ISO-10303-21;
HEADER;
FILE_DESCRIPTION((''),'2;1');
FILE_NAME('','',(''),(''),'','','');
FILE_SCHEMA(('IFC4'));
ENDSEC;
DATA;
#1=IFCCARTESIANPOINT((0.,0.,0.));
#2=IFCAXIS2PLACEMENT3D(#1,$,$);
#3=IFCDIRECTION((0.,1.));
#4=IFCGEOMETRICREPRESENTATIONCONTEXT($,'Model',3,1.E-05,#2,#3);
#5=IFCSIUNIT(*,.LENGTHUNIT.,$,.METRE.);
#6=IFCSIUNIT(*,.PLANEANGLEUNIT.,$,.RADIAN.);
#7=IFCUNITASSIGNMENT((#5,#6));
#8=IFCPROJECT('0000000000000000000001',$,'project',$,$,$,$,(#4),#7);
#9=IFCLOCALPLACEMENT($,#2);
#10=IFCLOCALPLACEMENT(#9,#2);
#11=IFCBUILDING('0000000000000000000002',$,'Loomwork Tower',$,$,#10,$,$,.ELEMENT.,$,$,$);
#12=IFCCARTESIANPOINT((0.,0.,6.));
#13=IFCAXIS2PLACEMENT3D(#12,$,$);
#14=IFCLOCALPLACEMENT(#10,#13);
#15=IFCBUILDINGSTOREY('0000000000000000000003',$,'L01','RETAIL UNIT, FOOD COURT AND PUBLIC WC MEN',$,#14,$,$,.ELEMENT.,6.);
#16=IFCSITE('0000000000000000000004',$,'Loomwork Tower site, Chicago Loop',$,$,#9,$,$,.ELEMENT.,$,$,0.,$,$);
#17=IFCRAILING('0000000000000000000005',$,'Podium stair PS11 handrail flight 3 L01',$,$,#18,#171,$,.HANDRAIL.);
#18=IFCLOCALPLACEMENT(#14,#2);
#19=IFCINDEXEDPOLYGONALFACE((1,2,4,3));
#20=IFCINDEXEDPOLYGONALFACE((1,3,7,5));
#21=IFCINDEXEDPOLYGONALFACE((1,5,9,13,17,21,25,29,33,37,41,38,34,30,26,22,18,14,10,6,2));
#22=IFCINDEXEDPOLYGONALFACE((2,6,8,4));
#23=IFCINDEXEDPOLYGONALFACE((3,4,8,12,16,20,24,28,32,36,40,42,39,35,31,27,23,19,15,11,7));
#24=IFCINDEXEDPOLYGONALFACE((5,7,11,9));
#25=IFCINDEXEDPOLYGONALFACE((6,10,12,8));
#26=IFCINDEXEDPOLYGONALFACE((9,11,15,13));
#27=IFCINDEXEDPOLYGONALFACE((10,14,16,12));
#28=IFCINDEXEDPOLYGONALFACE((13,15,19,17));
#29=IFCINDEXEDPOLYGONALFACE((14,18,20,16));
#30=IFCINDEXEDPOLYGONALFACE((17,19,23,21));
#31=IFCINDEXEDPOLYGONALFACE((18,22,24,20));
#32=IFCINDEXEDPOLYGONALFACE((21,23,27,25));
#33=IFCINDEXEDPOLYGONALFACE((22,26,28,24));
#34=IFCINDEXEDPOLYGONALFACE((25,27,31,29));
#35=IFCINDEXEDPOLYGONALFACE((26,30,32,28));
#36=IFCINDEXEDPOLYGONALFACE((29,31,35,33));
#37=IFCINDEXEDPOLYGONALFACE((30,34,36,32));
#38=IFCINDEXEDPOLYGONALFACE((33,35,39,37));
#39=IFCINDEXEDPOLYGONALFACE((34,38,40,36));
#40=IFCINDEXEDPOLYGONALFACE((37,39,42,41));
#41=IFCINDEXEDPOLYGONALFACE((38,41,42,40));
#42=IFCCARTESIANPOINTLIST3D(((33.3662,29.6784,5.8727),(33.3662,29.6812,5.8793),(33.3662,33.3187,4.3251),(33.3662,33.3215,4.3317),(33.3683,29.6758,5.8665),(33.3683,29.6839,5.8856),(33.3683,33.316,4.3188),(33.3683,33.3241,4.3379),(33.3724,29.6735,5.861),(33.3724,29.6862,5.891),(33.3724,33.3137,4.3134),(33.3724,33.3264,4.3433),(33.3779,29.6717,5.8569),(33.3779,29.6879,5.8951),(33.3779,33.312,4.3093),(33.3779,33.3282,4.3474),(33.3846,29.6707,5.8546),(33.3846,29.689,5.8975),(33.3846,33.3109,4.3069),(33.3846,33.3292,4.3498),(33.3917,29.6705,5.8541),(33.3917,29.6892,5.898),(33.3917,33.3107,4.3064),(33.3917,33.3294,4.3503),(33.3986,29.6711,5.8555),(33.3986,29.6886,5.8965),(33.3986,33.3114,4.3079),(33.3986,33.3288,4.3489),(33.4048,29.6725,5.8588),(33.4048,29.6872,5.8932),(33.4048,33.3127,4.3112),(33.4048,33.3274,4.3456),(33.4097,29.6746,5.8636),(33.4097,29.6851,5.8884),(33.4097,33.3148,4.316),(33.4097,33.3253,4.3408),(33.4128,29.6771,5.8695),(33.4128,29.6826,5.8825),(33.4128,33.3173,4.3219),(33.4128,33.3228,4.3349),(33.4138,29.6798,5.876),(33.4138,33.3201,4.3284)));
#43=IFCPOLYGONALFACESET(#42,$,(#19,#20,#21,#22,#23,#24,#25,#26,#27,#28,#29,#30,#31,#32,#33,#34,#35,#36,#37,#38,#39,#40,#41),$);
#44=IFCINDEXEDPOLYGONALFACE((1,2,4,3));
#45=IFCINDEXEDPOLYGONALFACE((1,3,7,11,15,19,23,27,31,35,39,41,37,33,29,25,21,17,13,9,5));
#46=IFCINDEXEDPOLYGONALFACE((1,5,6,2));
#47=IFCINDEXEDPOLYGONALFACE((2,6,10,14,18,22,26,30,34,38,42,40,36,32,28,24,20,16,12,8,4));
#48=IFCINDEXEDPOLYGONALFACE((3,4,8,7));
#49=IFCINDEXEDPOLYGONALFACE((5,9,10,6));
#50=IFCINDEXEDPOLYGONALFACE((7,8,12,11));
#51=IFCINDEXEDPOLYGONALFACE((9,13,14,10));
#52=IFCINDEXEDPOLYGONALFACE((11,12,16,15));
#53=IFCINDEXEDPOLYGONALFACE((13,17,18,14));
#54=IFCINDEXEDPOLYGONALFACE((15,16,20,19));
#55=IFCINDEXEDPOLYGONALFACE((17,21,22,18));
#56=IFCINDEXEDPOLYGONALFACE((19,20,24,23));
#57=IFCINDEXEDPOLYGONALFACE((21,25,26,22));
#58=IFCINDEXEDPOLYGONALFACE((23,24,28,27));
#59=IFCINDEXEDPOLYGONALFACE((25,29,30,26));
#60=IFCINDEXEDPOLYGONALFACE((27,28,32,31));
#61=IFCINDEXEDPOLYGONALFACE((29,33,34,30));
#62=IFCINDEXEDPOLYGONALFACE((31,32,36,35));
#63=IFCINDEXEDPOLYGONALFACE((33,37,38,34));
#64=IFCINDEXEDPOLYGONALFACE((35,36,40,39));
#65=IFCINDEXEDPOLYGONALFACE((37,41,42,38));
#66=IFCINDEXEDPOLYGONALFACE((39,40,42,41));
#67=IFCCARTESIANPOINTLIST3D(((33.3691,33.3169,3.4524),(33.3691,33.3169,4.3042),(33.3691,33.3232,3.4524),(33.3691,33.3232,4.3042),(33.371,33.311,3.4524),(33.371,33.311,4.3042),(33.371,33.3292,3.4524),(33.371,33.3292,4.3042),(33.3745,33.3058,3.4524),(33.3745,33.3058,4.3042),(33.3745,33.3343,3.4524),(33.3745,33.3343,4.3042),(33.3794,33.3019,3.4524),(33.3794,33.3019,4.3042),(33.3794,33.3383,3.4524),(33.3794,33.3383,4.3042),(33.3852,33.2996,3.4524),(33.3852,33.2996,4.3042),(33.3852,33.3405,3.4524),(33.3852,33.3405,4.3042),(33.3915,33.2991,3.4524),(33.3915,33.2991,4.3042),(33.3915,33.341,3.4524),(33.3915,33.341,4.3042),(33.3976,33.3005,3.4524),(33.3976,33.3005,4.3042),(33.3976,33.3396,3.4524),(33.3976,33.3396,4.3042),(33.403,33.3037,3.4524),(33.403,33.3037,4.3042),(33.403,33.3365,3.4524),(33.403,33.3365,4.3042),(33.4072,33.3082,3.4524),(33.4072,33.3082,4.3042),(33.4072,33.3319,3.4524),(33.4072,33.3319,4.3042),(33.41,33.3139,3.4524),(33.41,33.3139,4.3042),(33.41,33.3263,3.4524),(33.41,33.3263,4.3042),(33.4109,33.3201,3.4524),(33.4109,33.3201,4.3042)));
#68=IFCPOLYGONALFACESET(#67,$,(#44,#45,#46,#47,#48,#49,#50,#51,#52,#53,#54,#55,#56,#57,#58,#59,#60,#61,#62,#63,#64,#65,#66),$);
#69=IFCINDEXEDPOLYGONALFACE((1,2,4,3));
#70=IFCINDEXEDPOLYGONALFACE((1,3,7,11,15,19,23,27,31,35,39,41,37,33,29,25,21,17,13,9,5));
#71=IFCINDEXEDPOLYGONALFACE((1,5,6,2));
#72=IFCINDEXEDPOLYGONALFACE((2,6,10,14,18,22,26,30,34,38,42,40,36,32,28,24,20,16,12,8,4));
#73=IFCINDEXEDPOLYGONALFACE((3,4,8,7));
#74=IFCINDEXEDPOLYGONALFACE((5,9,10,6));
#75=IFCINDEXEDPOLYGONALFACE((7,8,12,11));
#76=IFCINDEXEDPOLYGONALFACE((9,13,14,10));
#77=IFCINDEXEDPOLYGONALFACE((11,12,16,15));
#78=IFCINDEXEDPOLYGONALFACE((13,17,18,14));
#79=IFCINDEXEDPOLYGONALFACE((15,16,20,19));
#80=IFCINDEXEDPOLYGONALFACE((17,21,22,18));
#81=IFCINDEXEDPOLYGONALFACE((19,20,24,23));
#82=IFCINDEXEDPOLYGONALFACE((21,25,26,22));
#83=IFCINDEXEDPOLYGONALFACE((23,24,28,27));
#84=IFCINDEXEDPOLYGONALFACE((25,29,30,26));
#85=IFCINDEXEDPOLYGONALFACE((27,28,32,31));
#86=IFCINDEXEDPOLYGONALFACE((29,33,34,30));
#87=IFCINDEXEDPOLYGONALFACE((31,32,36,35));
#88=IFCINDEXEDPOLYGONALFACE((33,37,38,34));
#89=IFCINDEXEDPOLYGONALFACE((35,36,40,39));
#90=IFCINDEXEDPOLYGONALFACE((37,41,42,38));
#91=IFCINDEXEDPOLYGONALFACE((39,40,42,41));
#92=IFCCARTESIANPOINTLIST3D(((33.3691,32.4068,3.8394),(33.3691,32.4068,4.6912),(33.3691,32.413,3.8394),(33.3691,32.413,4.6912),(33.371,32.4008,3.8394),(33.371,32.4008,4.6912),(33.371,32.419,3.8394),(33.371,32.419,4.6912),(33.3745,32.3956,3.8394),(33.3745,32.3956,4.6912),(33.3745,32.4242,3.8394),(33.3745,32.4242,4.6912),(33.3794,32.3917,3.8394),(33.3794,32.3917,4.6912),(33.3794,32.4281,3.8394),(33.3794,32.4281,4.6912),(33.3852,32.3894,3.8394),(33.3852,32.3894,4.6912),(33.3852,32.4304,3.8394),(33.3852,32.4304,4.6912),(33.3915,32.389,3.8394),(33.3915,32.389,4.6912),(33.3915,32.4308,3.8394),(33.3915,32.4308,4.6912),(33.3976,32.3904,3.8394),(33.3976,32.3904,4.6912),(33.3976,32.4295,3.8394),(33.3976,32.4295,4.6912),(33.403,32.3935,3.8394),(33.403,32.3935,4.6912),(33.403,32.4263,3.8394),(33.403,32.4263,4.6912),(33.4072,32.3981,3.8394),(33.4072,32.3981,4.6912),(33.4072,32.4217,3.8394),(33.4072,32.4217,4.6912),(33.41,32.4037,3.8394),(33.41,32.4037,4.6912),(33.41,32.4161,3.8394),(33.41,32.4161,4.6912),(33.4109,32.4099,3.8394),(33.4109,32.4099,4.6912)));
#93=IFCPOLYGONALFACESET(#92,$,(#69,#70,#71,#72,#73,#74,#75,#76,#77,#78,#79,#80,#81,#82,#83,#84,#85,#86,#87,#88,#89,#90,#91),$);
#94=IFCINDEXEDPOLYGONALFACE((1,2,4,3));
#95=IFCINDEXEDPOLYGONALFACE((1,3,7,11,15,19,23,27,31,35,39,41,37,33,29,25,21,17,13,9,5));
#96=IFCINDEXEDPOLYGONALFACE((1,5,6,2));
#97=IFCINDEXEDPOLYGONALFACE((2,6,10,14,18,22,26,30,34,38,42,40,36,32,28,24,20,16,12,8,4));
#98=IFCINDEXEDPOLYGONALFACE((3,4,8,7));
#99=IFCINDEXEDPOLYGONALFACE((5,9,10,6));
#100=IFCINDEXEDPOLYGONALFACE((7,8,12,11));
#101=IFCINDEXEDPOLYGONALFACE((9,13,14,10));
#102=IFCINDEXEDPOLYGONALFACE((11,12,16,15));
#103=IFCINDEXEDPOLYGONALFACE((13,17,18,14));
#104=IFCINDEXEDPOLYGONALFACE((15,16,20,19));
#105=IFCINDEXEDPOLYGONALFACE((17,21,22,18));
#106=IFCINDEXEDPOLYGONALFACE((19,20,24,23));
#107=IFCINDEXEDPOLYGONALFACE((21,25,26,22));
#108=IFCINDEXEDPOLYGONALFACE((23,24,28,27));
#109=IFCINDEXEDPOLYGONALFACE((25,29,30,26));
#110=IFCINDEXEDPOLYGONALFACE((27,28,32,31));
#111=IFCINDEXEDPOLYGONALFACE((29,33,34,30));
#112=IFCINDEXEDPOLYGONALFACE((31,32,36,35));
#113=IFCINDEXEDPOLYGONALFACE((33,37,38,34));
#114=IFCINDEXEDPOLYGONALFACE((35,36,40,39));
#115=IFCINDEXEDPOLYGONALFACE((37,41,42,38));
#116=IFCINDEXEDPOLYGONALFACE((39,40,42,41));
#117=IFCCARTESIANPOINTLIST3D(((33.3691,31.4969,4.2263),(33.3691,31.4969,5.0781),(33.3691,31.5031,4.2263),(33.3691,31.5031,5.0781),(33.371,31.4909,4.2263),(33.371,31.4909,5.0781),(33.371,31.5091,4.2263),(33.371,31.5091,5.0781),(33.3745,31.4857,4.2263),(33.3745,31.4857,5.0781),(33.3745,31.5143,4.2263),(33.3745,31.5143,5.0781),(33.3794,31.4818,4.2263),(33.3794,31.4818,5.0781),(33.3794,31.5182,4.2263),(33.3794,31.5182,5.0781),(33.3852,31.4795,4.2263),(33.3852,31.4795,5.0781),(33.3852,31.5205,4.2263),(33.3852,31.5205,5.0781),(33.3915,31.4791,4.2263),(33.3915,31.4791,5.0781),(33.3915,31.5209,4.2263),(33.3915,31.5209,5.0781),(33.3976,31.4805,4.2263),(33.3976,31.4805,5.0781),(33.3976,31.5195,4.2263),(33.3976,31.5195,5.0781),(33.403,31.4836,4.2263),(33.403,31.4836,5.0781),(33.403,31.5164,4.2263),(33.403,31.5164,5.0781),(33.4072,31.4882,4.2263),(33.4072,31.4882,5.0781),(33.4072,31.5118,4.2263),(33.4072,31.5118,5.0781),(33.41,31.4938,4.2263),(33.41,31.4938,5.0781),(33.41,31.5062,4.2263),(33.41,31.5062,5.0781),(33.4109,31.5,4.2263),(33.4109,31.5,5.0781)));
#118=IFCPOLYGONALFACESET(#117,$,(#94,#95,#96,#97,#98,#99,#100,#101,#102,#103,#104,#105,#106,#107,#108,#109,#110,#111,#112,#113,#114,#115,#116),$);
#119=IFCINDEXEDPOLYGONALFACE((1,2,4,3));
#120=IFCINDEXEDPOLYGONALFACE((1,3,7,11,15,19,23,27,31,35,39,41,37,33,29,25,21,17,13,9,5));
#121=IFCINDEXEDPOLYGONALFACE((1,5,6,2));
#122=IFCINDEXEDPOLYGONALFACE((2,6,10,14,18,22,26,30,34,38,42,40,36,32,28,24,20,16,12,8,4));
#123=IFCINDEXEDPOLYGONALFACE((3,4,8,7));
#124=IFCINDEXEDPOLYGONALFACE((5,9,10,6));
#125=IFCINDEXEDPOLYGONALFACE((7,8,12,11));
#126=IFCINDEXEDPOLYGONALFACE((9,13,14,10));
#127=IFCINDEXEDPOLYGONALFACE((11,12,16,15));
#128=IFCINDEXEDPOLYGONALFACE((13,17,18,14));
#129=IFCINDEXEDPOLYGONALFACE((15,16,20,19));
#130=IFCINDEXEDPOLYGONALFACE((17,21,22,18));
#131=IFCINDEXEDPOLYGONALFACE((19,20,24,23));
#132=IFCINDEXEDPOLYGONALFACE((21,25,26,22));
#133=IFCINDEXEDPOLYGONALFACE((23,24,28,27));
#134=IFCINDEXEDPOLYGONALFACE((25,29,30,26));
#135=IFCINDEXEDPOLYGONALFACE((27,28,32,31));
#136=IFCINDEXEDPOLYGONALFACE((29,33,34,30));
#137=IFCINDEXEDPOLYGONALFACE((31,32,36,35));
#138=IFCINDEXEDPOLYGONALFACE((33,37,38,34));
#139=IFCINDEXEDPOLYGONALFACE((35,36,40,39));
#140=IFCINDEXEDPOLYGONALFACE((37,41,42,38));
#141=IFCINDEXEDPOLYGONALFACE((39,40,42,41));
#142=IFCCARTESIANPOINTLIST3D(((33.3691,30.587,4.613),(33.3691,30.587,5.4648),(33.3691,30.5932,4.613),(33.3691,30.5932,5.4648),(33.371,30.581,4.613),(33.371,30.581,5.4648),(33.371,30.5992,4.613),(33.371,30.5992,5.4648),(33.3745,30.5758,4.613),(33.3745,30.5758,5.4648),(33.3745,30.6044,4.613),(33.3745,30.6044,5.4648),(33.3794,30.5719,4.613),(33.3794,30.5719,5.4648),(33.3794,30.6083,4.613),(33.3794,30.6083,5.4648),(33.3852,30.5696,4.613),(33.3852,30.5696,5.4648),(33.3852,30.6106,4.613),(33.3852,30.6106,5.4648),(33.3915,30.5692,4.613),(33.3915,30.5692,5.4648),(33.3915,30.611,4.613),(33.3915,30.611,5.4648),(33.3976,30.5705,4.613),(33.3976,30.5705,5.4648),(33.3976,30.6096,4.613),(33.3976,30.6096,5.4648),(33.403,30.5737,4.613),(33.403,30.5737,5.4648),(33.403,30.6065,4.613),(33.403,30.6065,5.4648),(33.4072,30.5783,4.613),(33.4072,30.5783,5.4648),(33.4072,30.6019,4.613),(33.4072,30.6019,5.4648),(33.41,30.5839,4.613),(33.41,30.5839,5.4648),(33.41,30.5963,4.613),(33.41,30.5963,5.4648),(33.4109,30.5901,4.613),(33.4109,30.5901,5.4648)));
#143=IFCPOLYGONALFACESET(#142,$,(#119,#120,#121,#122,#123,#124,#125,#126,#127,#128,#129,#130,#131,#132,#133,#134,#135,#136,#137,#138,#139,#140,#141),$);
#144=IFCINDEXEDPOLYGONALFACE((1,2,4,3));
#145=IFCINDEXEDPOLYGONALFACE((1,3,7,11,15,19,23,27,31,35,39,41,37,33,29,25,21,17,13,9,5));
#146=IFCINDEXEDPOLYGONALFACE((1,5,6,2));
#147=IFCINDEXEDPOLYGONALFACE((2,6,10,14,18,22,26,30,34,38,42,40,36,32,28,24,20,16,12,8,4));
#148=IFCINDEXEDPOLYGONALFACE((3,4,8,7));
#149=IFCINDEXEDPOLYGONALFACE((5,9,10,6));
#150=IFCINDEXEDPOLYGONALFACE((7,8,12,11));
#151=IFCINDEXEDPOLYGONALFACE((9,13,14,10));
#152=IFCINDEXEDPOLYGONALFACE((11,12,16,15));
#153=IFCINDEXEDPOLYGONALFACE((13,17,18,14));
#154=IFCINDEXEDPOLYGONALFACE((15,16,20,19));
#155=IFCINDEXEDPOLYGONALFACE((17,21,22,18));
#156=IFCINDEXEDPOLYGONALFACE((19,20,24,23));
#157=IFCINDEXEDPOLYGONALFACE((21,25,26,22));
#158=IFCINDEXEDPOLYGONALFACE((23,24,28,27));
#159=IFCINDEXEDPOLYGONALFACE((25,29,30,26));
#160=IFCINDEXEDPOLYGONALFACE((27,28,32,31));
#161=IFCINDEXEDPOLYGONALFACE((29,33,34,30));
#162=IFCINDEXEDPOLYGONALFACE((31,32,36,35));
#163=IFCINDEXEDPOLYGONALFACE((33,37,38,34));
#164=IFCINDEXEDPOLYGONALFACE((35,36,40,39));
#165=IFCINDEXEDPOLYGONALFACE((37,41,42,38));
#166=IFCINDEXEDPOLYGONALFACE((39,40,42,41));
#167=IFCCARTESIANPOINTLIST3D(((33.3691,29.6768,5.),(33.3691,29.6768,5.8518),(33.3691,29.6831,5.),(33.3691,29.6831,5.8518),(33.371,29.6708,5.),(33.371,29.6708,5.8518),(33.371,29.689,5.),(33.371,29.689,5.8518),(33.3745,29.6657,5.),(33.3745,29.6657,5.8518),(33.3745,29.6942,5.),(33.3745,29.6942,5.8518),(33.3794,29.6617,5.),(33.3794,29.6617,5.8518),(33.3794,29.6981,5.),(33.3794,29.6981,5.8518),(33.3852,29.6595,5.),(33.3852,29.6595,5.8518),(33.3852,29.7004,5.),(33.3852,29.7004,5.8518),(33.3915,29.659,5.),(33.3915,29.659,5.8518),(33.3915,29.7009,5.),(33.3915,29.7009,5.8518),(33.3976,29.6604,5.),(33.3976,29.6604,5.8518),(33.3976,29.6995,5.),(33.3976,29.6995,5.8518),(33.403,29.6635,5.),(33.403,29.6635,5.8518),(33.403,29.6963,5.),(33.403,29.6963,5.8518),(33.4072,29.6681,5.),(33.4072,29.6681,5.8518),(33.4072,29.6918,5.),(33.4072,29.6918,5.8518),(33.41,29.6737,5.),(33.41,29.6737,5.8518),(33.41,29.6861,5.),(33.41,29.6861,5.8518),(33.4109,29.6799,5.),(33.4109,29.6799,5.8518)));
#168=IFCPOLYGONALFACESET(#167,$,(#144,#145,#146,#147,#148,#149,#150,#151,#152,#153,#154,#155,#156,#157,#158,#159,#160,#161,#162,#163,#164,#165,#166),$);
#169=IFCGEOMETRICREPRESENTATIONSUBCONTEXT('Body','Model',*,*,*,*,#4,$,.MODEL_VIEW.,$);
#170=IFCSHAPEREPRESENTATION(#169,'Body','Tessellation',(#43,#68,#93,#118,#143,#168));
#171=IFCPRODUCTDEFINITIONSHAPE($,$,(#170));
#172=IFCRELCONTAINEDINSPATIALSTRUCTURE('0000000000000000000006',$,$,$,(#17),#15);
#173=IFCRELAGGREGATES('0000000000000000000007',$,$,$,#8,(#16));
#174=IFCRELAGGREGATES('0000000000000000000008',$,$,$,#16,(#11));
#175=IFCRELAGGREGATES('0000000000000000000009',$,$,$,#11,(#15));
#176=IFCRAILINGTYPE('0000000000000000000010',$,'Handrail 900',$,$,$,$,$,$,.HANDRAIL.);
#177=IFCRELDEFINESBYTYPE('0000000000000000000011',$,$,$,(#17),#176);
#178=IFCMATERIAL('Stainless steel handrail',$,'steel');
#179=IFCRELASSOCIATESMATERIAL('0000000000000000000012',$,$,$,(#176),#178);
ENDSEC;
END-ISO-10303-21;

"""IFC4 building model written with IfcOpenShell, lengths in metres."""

from ifc_helpers import new_model, si_unit, direction, frame, origin, origin_2d, place, context, subcontext, project, spatial, circle, extrude, material, type_object, element, save


model = new_model("IFC4")

# Units and contexts
model_context = context("Model", 3, precision=1e-05, world=origin(), true_north=direction((0.0, 1.0)))
body_context = subcontext(model_context, "Body", "Model", "MODEL_VIEW")
ifc_project = project(units=[si_unit("LENGTHUNIT", "METRE"), si_unit("PLANEANGLEUNIT", "RADIAN")], contexts=[model_context])

# Site, building, storey
site_placement = place(None, origin())
site = spatial("IfcSite", under=ifc_project, at=site_placement, Name="Loomwork Tower site, Chicago Loop", CompositionType="ELEMENT", RefElevation=0.0)
building_placement = place(site_placement, origin())
building = spatial("IfcBuilding", under=site, at=building_placement, Name="Loomwork Tower", CompositionType="ELEMENT")
storey_placement = place(building_placement, frame((0.0, 0.0, 6.0)))
storey = spatial("IfcBuildingStorey", under=building, at=storey_placement, Name="L01", Description="RETAIL UNIT, FOOD COURT AND PUBLIC WC MEN", CompositionType="ELEMENT", Elevation=6.0)

# Railing
ifc_material_1 = material(Name="Stainless steel handrail", Category="steel")
railing_type = type_object("IfcRailingType", Name="Handrail 900", PredefinedType="HANDRAIL", material=ifc_material_1)
railing_1_placement = place(storey_placement, frame((33.3899, 33.3201, 3.4524)))
element("IfcRailing", 1, at=railing_1_placement, inside=storey, type_object=railing_type, Name="Podium stair PS11 handrail flight 3 L01", PredefinedType="HANDRAIL", context=body_context, shape_type="SweptSolid", body=[
    extrude(circle(Radius=0.0239, at=origin_2d()), frame((0.0, 0.0, 0.876), z_axis=(0.0, -0.920281, 0.391258), x_axis=(1.0, 0.0, 0.0)), (0.0, 0.0, 1.0), 3.9556),
    extrude(circle(Radius=0.021, at=origin_2d()), origin(), (0.0, 0.0, 1.0), 0.8518),
    extrude(circle(Radius=0.021, at=origin_2d()), frame((0.0, -0.9102, 0.387)), (0.0, 0.0, 1.0), 0.8518),
    extrude(circle(Radius=0.021, at=origin_2d()), frame((0.0, -1.8201, 0.7739)), (0.0, 0.0, 1.0), 0.8518),
    extrude(circle(Radius=0.021, at=origin_2d()), frame((0.0, -2.73, 1.1606)), (0.0, 0.0, 1.0), 0.8518),
    extrude(circle(Radius=0.021, at=origin_2d()), frame((0.0, -3.6401, 1.5476)), (0.0, 0.0, 1.0), 0.8518),
])

save(model, "model.ifc")
